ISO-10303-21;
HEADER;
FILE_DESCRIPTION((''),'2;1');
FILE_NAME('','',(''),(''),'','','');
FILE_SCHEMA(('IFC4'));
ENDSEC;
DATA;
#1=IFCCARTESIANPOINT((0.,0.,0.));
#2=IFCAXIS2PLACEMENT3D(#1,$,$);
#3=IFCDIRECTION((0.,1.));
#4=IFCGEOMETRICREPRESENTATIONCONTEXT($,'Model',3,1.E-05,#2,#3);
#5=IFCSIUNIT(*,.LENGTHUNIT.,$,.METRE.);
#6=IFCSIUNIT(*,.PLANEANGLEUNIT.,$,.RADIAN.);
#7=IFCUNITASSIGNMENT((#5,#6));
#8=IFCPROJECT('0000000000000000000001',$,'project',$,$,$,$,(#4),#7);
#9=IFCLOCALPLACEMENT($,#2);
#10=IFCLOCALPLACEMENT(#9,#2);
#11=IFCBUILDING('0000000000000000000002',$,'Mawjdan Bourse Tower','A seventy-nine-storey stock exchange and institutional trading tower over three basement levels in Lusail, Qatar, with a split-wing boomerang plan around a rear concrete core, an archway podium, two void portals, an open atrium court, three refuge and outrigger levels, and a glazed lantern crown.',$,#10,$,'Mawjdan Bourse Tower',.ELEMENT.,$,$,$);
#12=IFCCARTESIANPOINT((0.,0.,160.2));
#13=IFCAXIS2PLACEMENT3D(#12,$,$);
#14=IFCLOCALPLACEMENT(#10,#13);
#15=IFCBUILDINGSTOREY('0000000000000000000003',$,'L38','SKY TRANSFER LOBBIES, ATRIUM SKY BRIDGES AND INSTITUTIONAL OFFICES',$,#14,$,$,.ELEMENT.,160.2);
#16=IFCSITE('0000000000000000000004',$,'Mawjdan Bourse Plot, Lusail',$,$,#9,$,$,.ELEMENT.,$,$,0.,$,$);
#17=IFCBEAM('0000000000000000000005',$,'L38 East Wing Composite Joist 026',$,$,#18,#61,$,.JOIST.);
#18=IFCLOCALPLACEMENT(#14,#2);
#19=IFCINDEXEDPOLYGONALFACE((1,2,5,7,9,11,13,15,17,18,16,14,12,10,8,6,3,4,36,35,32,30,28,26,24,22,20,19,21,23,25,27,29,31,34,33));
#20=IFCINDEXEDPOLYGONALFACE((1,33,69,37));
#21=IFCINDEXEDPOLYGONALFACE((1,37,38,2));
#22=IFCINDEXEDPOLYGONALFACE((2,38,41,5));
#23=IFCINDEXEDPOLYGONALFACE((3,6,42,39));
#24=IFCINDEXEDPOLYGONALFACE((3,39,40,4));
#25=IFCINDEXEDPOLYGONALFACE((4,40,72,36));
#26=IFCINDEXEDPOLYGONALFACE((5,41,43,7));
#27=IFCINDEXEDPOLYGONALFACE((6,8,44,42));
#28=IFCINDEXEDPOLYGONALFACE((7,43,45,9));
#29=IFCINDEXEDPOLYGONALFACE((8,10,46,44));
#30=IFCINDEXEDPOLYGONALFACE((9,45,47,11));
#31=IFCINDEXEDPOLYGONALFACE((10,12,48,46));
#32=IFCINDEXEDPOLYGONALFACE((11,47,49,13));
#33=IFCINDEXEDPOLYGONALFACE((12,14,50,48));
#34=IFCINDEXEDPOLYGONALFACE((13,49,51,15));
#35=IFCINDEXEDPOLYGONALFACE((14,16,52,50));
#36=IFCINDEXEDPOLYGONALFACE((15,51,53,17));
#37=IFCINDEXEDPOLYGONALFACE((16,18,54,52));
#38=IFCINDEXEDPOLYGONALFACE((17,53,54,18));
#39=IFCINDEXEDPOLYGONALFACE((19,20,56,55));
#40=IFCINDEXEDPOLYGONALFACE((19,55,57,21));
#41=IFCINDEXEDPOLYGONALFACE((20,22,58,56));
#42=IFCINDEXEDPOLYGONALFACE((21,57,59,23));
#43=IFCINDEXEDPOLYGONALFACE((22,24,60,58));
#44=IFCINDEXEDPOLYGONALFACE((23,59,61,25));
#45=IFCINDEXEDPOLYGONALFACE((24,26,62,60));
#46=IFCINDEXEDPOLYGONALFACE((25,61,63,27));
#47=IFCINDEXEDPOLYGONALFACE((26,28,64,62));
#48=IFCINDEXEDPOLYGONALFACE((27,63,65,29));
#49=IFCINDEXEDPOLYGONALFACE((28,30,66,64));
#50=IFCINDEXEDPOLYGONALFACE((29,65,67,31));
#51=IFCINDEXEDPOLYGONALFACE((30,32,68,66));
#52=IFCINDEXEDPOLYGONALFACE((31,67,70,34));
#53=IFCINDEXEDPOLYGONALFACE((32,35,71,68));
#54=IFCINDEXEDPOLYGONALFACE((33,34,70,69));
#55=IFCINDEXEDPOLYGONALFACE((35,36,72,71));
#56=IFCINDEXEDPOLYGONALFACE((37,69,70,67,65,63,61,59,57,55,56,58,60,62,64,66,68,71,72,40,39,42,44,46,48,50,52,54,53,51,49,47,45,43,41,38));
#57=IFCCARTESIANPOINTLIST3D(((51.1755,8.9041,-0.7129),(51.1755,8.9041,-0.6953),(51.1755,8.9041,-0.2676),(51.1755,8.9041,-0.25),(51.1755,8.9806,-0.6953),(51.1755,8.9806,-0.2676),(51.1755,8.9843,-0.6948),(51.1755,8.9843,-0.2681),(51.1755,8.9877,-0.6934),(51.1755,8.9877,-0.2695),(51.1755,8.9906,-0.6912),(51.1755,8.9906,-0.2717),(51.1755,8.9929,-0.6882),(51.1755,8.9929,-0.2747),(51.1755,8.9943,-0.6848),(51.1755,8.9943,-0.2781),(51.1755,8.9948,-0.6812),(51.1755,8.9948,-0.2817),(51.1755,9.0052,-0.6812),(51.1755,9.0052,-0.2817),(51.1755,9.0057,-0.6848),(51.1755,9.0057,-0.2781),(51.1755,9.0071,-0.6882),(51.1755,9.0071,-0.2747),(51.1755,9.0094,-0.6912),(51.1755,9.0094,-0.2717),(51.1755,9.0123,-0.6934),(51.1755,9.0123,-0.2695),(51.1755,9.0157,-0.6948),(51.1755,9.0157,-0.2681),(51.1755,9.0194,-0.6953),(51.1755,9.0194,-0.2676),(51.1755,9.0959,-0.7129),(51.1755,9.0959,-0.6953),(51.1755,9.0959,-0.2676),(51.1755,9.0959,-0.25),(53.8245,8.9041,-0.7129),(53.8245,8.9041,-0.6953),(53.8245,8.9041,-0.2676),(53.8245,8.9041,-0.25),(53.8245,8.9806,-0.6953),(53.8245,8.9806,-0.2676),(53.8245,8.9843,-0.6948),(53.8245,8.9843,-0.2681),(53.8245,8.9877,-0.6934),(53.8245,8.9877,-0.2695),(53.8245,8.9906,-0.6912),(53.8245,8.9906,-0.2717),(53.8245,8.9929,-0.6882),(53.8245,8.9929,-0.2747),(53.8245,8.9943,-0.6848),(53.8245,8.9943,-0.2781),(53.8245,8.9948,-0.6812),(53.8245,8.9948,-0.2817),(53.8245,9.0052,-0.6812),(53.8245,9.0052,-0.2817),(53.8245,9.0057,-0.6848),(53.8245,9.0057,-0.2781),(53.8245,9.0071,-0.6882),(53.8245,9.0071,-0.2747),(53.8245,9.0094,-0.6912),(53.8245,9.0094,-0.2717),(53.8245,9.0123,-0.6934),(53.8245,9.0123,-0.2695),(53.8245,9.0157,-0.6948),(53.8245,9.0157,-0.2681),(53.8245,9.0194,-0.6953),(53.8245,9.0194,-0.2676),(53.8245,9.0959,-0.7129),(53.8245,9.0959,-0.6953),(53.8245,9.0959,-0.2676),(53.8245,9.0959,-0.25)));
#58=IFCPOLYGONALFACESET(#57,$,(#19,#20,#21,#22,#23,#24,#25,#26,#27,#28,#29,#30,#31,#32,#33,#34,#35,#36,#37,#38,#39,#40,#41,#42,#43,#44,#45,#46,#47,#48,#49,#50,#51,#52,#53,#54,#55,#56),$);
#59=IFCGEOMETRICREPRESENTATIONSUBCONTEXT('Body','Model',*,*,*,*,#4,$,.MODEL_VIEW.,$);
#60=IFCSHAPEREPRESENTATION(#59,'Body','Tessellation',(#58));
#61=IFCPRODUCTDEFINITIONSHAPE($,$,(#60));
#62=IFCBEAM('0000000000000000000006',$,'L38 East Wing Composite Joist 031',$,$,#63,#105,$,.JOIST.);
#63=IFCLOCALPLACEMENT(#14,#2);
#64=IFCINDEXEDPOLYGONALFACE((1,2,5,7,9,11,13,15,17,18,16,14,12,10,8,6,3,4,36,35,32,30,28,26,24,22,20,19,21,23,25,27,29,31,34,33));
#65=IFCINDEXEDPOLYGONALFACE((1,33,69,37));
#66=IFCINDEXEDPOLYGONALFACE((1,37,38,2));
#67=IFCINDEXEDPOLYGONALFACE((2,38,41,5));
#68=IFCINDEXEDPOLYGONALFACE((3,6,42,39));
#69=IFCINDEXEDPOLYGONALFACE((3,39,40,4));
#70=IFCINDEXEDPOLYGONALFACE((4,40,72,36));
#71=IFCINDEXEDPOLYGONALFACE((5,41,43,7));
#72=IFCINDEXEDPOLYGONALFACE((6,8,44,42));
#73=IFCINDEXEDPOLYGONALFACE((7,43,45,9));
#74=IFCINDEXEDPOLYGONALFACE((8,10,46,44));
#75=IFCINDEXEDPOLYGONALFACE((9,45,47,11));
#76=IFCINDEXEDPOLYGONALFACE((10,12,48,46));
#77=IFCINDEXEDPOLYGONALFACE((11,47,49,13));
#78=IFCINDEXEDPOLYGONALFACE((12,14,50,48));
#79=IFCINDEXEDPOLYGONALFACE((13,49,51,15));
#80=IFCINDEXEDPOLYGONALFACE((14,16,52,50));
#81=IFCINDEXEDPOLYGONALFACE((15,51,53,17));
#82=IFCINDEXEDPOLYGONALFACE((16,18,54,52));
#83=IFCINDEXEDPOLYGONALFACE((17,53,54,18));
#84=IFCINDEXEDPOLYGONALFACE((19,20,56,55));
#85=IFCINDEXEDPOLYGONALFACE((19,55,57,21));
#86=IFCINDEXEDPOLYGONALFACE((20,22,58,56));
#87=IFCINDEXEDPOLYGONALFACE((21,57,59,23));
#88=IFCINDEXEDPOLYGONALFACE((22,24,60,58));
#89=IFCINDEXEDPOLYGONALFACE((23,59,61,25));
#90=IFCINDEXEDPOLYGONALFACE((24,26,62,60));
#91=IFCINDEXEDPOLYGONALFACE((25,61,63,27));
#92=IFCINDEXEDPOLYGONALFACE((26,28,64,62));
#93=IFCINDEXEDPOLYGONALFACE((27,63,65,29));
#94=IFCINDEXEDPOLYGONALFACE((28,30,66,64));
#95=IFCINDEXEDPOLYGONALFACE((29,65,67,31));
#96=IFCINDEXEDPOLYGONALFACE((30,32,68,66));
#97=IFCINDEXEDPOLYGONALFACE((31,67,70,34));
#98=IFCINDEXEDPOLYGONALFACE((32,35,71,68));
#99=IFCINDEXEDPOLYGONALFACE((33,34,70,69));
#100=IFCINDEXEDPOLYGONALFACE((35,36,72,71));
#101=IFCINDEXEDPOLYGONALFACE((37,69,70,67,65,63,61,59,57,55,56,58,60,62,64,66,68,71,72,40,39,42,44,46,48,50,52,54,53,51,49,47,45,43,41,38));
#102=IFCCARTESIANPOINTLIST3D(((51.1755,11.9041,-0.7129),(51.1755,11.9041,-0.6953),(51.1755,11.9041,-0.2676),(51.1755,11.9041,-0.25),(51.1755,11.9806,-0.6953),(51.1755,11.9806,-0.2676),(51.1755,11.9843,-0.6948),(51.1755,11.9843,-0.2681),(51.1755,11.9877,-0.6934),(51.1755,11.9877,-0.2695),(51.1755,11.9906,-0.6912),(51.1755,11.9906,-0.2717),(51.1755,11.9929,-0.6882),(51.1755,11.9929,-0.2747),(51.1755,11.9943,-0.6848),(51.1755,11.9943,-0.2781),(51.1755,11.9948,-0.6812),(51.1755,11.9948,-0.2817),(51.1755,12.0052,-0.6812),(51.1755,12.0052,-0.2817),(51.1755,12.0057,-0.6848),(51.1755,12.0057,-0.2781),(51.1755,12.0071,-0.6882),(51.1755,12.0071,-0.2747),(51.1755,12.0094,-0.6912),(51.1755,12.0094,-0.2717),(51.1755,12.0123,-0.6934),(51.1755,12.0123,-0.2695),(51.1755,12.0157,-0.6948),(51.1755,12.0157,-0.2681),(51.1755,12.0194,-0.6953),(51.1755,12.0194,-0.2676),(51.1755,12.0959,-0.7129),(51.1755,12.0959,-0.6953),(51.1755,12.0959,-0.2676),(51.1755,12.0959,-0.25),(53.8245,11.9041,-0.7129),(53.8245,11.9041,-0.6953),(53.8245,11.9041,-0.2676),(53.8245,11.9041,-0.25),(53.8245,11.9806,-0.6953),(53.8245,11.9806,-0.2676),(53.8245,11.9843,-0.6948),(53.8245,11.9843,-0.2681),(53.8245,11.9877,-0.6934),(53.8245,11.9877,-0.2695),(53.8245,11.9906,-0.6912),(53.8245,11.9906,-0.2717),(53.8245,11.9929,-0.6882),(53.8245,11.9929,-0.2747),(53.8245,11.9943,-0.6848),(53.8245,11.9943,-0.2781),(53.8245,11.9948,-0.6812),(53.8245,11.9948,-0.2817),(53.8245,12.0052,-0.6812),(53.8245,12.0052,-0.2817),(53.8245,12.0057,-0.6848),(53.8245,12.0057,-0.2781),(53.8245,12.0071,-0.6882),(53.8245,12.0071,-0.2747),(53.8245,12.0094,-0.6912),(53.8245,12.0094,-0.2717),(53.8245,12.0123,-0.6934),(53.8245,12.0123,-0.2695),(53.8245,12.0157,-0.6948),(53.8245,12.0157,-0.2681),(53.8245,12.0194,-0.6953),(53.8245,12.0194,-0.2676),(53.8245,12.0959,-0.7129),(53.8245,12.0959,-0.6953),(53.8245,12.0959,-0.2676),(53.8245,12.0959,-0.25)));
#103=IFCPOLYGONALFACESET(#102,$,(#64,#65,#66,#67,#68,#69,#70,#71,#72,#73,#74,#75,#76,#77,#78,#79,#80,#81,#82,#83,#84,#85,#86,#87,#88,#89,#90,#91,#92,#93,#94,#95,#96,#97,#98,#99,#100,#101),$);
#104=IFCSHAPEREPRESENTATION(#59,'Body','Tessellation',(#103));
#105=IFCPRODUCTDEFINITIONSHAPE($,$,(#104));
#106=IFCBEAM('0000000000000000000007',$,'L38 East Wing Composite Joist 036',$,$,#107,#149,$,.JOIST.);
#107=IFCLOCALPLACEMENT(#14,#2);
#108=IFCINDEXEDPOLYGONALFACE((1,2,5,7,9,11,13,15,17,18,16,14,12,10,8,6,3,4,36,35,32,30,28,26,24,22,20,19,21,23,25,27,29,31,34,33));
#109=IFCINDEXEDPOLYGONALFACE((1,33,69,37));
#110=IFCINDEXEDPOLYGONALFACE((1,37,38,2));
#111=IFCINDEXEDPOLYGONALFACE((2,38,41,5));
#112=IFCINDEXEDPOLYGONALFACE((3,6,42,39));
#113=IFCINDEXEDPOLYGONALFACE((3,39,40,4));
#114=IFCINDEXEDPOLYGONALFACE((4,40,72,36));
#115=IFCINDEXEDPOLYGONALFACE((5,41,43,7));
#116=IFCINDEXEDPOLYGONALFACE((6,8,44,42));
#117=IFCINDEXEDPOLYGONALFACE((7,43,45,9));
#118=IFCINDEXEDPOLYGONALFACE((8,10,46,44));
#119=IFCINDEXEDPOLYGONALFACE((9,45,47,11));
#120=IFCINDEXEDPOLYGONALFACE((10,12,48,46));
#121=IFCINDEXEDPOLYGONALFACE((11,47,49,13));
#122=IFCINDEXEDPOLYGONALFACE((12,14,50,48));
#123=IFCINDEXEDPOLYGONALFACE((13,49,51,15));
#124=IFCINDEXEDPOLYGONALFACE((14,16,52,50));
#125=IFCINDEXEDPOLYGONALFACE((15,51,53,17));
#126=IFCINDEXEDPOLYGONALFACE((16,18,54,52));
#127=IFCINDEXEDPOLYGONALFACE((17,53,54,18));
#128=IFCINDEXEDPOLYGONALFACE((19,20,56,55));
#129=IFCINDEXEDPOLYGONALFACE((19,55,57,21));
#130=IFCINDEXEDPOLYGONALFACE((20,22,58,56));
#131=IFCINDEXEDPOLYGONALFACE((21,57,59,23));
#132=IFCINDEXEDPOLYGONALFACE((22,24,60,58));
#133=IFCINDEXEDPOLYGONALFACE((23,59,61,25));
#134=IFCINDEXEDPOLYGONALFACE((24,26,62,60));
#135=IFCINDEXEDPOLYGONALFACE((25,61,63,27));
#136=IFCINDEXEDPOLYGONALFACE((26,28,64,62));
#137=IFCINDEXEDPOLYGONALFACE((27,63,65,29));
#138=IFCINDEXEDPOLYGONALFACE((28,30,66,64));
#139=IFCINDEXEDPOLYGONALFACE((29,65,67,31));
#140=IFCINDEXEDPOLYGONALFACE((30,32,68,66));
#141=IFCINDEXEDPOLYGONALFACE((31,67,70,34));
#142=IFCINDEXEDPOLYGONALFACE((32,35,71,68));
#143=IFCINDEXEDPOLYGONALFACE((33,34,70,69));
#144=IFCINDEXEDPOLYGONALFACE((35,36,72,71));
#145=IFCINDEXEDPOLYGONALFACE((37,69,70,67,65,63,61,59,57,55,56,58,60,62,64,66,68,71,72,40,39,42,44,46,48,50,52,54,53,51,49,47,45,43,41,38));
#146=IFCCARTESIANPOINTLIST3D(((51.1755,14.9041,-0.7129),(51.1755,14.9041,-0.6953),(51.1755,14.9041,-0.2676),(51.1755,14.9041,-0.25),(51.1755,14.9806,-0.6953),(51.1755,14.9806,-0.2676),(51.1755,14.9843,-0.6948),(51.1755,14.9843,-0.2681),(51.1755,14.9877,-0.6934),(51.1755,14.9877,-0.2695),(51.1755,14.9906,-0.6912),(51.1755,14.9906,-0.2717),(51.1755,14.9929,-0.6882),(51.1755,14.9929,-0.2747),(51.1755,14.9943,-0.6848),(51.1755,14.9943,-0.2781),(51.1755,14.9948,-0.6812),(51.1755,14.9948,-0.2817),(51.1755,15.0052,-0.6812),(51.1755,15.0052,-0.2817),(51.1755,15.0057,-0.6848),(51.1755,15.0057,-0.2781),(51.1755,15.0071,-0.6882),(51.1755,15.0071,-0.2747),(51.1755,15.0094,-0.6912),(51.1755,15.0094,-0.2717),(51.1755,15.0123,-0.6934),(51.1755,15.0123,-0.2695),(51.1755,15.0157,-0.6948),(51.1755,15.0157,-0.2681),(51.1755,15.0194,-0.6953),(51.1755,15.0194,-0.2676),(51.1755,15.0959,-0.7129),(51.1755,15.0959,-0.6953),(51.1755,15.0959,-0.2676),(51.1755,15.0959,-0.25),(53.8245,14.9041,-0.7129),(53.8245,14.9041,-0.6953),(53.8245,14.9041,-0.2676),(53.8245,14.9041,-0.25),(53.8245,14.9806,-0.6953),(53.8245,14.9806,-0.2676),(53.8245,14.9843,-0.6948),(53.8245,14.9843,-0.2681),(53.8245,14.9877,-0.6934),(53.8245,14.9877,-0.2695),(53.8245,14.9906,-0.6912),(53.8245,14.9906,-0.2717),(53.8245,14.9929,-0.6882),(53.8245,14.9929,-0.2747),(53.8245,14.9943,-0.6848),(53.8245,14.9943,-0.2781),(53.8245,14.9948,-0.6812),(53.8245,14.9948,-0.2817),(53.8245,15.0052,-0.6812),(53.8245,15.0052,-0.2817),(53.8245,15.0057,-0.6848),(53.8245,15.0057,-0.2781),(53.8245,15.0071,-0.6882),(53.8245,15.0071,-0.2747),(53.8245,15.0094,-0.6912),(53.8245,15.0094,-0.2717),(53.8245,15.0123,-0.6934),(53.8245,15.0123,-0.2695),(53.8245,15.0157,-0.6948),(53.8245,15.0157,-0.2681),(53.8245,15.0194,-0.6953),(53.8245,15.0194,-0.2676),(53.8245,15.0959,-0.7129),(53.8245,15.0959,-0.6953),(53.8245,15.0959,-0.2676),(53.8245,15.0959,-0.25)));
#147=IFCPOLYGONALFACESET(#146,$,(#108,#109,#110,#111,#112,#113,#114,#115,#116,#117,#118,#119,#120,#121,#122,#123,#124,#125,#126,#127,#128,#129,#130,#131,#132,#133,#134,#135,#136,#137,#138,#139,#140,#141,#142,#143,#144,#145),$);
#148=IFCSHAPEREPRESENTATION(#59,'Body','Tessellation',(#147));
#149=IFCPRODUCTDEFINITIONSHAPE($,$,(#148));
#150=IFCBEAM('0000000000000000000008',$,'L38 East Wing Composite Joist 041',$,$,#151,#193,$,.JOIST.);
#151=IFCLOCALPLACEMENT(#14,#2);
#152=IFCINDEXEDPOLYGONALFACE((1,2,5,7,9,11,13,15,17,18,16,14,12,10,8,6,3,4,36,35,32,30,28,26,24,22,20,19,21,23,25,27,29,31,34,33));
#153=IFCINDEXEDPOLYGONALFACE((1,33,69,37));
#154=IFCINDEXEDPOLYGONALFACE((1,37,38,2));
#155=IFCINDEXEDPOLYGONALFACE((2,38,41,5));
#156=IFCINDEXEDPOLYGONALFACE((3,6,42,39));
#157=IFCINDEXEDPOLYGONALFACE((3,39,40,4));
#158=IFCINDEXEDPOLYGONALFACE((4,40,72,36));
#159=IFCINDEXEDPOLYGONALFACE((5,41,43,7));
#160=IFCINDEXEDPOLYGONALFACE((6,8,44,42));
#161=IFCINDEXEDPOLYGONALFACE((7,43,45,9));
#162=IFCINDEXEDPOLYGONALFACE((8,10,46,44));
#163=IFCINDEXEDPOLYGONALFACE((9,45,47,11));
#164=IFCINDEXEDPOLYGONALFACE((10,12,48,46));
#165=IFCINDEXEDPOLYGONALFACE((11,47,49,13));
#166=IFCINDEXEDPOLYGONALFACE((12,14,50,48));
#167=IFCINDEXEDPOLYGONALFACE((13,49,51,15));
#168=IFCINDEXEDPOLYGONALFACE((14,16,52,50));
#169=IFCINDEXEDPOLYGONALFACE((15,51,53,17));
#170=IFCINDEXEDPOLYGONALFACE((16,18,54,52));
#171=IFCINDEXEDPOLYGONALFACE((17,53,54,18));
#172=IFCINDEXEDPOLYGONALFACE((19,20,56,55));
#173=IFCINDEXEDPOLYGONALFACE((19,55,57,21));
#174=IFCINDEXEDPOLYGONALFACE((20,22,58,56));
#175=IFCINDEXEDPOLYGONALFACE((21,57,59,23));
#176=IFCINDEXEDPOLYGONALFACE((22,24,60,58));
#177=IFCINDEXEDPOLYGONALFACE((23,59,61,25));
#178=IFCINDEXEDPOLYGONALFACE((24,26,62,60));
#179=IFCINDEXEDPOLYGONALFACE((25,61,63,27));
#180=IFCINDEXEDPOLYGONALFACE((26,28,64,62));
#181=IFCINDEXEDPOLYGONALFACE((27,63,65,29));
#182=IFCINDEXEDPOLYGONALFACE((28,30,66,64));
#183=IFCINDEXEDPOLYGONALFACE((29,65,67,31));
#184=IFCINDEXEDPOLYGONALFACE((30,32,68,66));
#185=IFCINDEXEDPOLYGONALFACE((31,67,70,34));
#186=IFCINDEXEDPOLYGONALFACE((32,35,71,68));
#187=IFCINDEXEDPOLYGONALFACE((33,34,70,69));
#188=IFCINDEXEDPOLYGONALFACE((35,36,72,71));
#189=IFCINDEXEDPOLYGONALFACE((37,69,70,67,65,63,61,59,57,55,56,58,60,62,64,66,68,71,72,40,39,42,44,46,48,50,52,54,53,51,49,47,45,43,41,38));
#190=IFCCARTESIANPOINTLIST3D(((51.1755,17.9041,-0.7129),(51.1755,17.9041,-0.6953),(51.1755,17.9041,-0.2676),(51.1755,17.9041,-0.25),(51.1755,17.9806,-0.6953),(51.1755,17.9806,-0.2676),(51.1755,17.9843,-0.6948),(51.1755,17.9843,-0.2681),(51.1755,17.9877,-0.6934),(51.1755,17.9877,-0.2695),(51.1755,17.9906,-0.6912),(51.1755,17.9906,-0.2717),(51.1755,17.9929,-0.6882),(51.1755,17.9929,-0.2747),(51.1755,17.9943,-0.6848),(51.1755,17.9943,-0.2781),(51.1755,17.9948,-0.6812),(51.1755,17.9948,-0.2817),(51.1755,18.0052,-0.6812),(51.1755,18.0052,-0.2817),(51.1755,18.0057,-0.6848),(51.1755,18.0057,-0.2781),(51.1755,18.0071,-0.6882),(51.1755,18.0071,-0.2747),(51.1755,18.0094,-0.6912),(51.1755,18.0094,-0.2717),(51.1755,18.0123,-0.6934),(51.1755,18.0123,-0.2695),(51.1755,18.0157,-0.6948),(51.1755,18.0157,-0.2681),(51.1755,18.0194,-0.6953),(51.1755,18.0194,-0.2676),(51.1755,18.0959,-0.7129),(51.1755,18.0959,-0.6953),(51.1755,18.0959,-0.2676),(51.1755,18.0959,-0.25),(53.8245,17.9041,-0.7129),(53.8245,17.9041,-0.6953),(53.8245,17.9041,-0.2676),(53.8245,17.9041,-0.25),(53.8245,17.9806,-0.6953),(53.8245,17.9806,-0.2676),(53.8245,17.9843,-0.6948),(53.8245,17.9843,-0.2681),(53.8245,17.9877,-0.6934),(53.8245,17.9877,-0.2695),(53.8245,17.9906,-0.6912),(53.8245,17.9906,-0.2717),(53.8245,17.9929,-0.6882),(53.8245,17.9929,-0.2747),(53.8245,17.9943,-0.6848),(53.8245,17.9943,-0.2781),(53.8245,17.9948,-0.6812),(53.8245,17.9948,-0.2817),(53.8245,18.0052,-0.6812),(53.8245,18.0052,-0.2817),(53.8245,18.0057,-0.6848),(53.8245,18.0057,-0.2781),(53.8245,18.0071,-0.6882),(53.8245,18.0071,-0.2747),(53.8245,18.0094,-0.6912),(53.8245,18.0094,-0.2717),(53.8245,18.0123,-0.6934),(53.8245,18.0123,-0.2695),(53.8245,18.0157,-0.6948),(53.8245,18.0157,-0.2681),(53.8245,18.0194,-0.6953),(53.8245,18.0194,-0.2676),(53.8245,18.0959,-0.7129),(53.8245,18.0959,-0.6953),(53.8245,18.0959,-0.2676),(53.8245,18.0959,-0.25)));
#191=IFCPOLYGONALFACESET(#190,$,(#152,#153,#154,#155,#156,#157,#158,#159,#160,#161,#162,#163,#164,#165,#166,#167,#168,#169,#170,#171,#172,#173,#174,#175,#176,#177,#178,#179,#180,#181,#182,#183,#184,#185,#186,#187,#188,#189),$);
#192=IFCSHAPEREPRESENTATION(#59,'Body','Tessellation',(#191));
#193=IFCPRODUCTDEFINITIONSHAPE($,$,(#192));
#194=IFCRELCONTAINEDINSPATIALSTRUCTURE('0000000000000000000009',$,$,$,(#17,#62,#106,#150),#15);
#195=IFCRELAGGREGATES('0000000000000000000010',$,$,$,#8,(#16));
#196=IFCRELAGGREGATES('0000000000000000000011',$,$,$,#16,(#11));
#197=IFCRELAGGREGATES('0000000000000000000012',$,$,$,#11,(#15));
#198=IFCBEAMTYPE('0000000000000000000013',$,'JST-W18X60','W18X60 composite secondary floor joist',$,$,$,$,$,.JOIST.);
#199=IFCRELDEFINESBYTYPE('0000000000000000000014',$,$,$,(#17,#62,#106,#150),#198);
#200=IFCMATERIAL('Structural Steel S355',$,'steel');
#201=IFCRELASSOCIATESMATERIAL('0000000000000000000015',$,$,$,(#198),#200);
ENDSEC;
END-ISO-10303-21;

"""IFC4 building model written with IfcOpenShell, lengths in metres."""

from ifc_helpers import new_model, si_unit, direction, frame, origin, origin_2d, place, context, subcontext, project, spatial, i_section, extrude, material, material_profile, profile_set, type_object, element, save


model = new_model("IFC4")

# Units and contexts
model_context = context("Model", 3, precision=1e-05, world=origin(), true_north=direction((0.0, 1.0)))
body_context = subcontext(model_context, "Body", "Model", "MODEL_VIEW")
ifc_project = project(units=[si_unit("LENGTHUNIT", "METRE"), si_unit("PLANEANGLEUNIT", "RADIAN")], contexts=[model_context])

# Site, building, storey
site_placement = place(None, origin())
site = spatial("IfcSite", under=ifc_project, at=site_placement, Name="Mawjdan Bourse Plot, Lusail", CompositionType="ELEMENT", RefElevation=0.0)
building_placement = place(site_placement, origin())
building = spatial("IfcBuilding", under=site, at=building_placement, Name="Mawjdan Bourse Tower", Description="A seventy-nine-storey stock exchange and institutional trading tower over three basement levels in Lusail, Qatar, with a split-wing boomerang plan around a rear concrete core, an archway podium, two void portals, an open atrium court, three refuge and outrigger levels, and a glazed lantern crown.", LongName="Mawjdan Bourse Tower", CompositionType="ELEMENT")
storey_placement = place(building_placement, frame((0.0, 0.0, 160.2)))
storey = spatial("IfcBuildingStorey", under=building, at=storey_placement, Name="L38", Description="SKY TRANSFER LOBBIES, ATRIUM SKY BRIDGES AND INSTITUTIONAL OFFICES", CompositionType="ELEMENT", Elevation=160.2)

# Beams
ifc_material_1 = material(Name="Structural Steel S355", Category="steel")
ifc_material_profile_1 = material_profile(ifc_material_1, i_section(OverallWidth=0.1919, OverallDepth=0.4629, WebThickness=0.0105, FlangeThickness=0.0176, FilletRadius=0.0142, at=origin_2d()), Name="W18X60")
ifc_profile_set_1 = profile_set([ifc_material_profile_1], Name="Structural Steel S355")
beam_type_1 = type_object("IfcBeamType", Name="JST-W18X60", Description="W18X60 composite secondary floor joist", PredefinedType="JOIST", material=ifc_profile_set_1)
for number, where, z_axis, x_axis, name in (
    (1, (51.1755, 9.0, -0.4814), (1.0, 0.0, 0.0), (0.0, 1.0, 0.0), "L38 East Wing Composite Joist 026"),
    (2, (51.1755, 12.0, -0.4814), (1.0, 0.0, 0.0), (0.0, 1.0, 0.0), "L38 East Wing Composite Joist 031"),
    (3, (51.1755, 15.0, -0.4814), (1.0, 0.0, 0.0), (0.0, 1.0, 0.0), "L38 East Wing Composite Joist 036"),
    (4, (51.1755, 18.0, -0.4814), (1.0, 0.0, 0.0), (0.0, 1.0, 0.0), "L38 East Wing Composite Joist 041"),
):
    element("IfcBeam", number, at=place(storey_placement, frame(where, z_axis=z_axis, x_axis=x_axis)), inside=storey, type_object=beam_type_1, Name=name, PredefinedType="JOIST", context=body_context, shape_type="SweptSolid", body=[
        extrude(i_section(OverallWidth=0.1919, OverallDepth=0.4629, WebThickness=0.0105, FlangeThickness=0.0176, FilletRadius=0.0142, at=origin_2d()), origin(), (0.0, 0.0, 1.0), 2.6489),
    ])

save(model, "model.ifc")
